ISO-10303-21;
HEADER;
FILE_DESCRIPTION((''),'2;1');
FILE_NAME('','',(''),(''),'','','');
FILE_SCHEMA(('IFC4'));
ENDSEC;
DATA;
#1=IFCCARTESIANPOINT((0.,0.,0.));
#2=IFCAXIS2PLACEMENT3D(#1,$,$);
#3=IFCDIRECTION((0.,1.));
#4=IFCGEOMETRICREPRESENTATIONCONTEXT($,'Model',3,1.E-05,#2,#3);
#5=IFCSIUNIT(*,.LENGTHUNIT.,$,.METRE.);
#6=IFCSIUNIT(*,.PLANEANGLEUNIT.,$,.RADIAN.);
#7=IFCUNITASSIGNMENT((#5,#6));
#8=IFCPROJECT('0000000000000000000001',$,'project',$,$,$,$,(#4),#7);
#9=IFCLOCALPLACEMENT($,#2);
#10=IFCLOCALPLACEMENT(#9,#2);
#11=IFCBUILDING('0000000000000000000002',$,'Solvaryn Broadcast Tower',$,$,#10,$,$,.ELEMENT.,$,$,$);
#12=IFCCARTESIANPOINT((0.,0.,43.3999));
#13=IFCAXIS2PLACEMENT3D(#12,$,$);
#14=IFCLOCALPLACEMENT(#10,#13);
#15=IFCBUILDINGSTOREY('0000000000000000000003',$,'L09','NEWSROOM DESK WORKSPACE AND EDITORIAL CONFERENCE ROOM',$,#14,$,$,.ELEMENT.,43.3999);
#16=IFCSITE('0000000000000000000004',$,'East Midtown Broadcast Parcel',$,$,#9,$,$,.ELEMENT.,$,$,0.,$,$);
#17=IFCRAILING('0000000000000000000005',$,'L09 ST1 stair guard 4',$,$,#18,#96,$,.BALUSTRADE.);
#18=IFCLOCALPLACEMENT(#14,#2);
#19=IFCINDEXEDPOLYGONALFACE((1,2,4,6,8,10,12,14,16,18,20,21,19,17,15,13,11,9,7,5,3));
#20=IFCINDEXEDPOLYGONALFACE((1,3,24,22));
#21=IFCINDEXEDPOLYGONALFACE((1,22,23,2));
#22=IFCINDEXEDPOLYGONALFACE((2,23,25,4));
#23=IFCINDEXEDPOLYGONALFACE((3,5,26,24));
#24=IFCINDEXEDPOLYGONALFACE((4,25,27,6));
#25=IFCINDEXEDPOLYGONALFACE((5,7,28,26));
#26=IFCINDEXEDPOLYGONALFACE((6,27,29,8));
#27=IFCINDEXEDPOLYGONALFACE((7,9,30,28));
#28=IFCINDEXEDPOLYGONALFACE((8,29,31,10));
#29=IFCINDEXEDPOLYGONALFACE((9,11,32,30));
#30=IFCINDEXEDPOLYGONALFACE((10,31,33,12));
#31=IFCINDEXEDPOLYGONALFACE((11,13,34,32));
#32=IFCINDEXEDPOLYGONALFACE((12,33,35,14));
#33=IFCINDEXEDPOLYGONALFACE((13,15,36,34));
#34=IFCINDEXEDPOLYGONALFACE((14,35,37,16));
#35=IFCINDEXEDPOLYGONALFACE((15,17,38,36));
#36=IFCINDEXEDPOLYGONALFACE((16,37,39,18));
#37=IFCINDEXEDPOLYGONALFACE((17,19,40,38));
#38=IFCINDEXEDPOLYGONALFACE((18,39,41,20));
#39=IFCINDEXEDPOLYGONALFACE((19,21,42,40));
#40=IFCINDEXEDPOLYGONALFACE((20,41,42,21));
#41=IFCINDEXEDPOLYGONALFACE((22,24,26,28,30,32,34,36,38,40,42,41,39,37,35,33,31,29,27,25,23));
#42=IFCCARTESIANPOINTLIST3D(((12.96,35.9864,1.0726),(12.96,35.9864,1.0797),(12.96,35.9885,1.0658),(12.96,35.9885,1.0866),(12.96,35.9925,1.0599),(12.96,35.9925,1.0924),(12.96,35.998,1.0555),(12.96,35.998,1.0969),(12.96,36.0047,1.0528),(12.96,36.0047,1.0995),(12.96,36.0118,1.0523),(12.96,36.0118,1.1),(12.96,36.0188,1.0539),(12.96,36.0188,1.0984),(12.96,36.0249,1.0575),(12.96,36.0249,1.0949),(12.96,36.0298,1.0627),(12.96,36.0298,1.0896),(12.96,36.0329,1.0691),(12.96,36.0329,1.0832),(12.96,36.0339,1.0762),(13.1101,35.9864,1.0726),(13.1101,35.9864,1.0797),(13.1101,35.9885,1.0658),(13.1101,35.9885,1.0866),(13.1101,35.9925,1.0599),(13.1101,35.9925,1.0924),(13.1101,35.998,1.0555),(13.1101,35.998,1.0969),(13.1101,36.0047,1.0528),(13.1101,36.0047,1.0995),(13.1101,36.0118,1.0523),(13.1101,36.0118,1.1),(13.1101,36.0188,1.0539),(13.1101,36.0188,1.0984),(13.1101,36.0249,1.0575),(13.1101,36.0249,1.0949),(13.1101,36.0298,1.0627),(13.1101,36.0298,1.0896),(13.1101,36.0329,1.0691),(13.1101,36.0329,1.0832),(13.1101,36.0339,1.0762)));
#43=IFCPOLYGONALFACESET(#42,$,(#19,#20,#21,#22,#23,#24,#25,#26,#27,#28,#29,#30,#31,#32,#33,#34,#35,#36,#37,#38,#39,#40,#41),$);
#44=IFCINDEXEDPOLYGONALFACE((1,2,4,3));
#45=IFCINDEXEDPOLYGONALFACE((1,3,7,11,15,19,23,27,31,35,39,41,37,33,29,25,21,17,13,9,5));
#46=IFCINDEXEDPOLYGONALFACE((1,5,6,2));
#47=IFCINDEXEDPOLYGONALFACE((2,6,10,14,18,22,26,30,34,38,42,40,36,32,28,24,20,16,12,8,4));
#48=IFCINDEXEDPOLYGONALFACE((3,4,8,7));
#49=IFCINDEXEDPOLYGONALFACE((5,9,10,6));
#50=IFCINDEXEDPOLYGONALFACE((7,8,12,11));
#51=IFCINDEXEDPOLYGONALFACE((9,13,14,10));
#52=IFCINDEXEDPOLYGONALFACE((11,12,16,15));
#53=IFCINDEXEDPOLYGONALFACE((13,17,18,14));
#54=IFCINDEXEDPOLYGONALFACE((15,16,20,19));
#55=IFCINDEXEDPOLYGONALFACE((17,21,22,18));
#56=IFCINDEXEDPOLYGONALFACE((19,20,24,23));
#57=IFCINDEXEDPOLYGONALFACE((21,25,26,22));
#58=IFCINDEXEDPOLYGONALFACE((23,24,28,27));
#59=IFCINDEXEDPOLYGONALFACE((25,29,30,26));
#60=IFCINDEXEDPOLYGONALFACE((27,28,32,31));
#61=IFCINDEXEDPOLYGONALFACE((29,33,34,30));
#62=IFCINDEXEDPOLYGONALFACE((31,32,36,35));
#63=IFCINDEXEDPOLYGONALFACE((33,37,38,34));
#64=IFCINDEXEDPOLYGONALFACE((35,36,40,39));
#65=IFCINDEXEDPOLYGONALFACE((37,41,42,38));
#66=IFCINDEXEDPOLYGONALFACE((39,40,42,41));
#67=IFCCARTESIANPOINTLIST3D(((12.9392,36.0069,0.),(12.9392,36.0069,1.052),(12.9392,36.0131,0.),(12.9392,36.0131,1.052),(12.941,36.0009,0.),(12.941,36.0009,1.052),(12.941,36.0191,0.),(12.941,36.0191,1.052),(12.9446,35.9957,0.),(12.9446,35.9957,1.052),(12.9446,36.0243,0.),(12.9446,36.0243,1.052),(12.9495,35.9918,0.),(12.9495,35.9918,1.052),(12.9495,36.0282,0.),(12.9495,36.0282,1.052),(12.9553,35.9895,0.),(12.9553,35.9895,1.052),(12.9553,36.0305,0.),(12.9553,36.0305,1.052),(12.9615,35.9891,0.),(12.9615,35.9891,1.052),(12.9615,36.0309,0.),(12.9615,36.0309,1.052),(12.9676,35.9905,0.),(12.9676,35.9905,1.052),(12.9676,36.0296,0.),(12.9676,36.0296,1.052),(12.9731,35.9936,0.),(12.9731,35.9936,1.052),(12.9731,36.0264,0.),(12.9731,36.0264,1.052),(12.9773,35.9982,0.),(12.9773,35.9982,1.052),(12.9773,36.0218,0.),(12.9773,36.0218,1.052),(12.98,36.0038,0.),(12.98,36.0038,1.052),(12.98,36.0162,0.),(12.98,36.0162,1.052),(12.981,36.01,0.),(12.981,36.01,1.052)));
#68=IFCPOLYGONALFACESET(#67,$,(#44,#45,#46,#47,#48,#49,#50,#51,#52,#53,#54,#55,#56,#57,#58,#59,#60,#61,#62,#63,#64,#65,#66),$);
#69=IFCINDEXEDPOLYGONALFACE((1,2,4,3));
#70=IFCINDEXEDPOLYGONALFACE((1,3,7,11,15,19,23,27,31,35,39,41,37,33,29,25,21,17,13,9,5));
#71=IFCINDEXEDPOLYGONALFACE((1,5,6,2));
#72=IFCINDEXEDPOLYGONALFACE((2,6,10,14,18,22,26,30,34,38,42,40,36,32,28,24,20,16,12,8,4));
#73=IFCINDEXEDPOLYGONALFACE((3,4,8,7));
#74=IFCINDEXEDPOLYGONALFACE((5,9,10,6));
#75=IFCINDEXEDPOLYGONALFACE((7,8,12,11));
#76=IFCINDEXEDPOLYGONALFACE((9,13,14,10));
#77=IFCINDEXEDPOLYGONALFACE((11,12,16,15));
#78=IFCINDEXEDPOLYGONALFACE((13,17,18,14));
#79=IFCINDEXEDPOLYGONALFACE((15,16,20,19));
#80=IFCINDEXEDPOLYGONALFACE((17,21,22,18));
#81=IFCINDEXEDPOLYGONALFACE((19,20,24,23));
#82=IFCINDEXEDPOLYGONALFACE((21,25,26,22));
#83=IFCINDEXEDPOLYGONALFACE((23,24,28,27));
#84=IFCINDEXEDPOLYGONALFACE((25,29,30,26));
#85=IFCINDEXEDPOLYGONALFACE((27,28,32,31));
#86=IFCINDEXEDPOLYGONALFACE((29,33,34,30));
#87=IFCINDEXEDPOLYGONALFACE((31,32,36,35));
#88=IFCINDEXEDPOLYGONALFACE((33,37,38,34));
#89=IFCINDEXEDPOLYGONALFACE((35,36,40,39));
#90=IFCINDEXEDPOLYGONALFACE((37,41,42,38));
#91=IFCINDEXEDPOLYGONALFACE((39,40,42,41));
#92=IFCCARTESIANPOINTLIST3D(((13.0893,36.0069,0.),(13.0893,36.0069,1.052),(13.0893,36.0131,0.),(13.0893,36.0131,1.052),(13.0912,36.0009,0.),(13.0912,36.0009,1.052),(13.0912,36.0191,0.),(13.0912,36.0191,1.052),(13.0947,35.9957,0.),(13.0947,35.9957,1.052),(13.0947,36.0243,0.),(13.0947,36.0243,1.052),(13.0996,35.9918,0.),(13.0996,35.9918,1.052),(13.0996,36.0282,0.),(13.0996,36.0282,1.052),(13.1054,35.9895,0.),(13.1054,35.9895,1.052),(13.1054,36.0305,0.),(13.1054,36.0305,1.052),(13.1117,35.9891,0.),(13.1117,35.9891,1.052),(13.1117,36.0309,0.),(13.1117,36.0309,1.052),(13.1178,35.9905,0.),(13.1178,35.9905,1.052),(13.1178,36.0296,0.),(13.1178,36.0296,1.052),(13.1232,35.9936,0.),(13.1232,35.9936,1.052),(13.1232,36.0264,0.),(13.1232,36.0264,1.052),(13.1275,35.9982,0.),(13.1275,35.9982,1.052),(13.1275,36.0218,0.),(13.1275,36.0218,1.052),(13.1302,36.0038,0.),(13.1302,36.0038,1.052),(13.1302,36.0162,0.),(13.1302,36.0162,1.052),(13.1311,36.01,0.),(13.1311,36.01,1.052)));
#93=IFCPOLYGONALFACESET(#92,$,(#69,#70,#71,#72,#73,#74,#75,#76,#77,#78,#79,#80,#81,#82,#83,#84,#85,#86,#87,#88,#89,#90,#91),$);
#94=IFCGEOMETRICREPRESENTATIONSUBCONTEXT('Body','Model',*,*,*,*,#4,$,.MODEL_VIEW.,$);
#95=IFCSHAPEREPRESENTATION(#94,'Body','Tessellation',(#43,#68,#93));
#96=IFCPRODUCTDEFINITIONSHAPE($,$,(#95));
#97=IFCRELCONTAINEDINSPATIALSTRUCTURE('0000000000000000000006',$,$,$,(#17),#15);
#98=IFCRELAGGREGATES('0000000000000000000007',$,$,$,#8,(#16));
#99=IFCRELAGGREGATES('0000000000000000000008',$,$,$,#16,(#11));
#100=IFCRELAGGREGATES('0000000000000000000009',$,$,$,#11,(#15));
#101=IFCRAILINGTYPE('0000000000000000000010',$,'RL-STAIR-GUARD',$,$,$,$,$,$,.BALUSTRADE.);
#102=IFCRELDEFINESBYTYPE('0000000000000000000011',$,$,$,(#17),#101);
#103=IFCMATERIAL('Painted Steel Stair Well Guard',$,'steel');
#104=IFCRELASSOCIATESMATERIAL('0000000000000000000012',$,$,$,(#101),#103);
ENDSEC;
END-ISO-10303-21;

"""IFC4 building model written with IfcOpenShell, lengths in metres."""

from ifc_helpers import new_model, si_unit, direction, frame, origin, origin_2d, place, context, subcontext, project, spatial, circle, extrude, material, type_object, element, save


model = new_model("IFC4")

# Units and contexts
model_context = context("Model", 3, precision=1e-05, world=origin(), true_north=direction((0.0, 1.0)))
body_context = subcontext(model_context, "Body", "Model", "MODEL_VIEW")
ifc_project = project(units=[si_unit("LENGTHUNIT", "METRE"), si_unit("PLANEANGLEUNIT", "RADIAN")], contexts=[model_context])

# Site, building, storey
site_placement = place(None, origin())
site = spatial("IfcSite", under=ifc_project, at=site_placement, Name="East Midtown Broadcast Parcel", CompositionType="ELEMENT", RefElevation=0.0)
building_placement = place(site_placement, origin())
building = spatial("IfcBuilding", under=site, at=building_placement, Name="Solvaryn Broadcast Tower", CompositionType="ELEMENT")
storey_placement = place(building_placement, frame((0.0, 0.0, 43.3999)))
storey = spatial("IfcBuildingStorey", under=building, at=storey_placement, Name="L09", Description="NEWSROOM DESK WORKSPACE AND EDITORIAL CONFERENCE ROOM", CompositionType="ELEMENT", Elevation=43.3999)

# Railing
ifc_material_1 = material(Name="Painted Steel Stair Well Guard", Category="steel")
railing_type_1 = type_object("IfcRailingType", Name="RL-STAIR-GUARD", PredefinedType="BALUSTRADE", material=ifc_material_1)
railing_1_placement = place(storey_placement, frame((12.96, 36.01, 0.0)))
element("IfcRailing", 1, at=railing_1_placement, inside=storey, type_object=railing_type_1, Name="L09 ST1 stair guard 4", PredefinedType="BALUSTRADE", context=body_context, shape_type="SweptSolid", body=[
    extrude(circle(Radius=0.0239, at=origin_2d()), frame((0.0, 0.0, 1.0762), z_axis=(1.0, 0.0, 0.0), x_axis=(0.0, 1.0, 0.0)), (0.0, 0.0, 1.0), 0.1501),
    extrude(circle(Radius=0.021, at=origin_2d()), origin(), (0.0, 0.0, 1.0), 1.052),
    extrude(circle(Radius=0.021, at=origin_2d()), frame((0.1501, 0.0, 0.0)), (0.0, 0.0, 1.0), 1.052),
])

save(model, "model.ifc")
